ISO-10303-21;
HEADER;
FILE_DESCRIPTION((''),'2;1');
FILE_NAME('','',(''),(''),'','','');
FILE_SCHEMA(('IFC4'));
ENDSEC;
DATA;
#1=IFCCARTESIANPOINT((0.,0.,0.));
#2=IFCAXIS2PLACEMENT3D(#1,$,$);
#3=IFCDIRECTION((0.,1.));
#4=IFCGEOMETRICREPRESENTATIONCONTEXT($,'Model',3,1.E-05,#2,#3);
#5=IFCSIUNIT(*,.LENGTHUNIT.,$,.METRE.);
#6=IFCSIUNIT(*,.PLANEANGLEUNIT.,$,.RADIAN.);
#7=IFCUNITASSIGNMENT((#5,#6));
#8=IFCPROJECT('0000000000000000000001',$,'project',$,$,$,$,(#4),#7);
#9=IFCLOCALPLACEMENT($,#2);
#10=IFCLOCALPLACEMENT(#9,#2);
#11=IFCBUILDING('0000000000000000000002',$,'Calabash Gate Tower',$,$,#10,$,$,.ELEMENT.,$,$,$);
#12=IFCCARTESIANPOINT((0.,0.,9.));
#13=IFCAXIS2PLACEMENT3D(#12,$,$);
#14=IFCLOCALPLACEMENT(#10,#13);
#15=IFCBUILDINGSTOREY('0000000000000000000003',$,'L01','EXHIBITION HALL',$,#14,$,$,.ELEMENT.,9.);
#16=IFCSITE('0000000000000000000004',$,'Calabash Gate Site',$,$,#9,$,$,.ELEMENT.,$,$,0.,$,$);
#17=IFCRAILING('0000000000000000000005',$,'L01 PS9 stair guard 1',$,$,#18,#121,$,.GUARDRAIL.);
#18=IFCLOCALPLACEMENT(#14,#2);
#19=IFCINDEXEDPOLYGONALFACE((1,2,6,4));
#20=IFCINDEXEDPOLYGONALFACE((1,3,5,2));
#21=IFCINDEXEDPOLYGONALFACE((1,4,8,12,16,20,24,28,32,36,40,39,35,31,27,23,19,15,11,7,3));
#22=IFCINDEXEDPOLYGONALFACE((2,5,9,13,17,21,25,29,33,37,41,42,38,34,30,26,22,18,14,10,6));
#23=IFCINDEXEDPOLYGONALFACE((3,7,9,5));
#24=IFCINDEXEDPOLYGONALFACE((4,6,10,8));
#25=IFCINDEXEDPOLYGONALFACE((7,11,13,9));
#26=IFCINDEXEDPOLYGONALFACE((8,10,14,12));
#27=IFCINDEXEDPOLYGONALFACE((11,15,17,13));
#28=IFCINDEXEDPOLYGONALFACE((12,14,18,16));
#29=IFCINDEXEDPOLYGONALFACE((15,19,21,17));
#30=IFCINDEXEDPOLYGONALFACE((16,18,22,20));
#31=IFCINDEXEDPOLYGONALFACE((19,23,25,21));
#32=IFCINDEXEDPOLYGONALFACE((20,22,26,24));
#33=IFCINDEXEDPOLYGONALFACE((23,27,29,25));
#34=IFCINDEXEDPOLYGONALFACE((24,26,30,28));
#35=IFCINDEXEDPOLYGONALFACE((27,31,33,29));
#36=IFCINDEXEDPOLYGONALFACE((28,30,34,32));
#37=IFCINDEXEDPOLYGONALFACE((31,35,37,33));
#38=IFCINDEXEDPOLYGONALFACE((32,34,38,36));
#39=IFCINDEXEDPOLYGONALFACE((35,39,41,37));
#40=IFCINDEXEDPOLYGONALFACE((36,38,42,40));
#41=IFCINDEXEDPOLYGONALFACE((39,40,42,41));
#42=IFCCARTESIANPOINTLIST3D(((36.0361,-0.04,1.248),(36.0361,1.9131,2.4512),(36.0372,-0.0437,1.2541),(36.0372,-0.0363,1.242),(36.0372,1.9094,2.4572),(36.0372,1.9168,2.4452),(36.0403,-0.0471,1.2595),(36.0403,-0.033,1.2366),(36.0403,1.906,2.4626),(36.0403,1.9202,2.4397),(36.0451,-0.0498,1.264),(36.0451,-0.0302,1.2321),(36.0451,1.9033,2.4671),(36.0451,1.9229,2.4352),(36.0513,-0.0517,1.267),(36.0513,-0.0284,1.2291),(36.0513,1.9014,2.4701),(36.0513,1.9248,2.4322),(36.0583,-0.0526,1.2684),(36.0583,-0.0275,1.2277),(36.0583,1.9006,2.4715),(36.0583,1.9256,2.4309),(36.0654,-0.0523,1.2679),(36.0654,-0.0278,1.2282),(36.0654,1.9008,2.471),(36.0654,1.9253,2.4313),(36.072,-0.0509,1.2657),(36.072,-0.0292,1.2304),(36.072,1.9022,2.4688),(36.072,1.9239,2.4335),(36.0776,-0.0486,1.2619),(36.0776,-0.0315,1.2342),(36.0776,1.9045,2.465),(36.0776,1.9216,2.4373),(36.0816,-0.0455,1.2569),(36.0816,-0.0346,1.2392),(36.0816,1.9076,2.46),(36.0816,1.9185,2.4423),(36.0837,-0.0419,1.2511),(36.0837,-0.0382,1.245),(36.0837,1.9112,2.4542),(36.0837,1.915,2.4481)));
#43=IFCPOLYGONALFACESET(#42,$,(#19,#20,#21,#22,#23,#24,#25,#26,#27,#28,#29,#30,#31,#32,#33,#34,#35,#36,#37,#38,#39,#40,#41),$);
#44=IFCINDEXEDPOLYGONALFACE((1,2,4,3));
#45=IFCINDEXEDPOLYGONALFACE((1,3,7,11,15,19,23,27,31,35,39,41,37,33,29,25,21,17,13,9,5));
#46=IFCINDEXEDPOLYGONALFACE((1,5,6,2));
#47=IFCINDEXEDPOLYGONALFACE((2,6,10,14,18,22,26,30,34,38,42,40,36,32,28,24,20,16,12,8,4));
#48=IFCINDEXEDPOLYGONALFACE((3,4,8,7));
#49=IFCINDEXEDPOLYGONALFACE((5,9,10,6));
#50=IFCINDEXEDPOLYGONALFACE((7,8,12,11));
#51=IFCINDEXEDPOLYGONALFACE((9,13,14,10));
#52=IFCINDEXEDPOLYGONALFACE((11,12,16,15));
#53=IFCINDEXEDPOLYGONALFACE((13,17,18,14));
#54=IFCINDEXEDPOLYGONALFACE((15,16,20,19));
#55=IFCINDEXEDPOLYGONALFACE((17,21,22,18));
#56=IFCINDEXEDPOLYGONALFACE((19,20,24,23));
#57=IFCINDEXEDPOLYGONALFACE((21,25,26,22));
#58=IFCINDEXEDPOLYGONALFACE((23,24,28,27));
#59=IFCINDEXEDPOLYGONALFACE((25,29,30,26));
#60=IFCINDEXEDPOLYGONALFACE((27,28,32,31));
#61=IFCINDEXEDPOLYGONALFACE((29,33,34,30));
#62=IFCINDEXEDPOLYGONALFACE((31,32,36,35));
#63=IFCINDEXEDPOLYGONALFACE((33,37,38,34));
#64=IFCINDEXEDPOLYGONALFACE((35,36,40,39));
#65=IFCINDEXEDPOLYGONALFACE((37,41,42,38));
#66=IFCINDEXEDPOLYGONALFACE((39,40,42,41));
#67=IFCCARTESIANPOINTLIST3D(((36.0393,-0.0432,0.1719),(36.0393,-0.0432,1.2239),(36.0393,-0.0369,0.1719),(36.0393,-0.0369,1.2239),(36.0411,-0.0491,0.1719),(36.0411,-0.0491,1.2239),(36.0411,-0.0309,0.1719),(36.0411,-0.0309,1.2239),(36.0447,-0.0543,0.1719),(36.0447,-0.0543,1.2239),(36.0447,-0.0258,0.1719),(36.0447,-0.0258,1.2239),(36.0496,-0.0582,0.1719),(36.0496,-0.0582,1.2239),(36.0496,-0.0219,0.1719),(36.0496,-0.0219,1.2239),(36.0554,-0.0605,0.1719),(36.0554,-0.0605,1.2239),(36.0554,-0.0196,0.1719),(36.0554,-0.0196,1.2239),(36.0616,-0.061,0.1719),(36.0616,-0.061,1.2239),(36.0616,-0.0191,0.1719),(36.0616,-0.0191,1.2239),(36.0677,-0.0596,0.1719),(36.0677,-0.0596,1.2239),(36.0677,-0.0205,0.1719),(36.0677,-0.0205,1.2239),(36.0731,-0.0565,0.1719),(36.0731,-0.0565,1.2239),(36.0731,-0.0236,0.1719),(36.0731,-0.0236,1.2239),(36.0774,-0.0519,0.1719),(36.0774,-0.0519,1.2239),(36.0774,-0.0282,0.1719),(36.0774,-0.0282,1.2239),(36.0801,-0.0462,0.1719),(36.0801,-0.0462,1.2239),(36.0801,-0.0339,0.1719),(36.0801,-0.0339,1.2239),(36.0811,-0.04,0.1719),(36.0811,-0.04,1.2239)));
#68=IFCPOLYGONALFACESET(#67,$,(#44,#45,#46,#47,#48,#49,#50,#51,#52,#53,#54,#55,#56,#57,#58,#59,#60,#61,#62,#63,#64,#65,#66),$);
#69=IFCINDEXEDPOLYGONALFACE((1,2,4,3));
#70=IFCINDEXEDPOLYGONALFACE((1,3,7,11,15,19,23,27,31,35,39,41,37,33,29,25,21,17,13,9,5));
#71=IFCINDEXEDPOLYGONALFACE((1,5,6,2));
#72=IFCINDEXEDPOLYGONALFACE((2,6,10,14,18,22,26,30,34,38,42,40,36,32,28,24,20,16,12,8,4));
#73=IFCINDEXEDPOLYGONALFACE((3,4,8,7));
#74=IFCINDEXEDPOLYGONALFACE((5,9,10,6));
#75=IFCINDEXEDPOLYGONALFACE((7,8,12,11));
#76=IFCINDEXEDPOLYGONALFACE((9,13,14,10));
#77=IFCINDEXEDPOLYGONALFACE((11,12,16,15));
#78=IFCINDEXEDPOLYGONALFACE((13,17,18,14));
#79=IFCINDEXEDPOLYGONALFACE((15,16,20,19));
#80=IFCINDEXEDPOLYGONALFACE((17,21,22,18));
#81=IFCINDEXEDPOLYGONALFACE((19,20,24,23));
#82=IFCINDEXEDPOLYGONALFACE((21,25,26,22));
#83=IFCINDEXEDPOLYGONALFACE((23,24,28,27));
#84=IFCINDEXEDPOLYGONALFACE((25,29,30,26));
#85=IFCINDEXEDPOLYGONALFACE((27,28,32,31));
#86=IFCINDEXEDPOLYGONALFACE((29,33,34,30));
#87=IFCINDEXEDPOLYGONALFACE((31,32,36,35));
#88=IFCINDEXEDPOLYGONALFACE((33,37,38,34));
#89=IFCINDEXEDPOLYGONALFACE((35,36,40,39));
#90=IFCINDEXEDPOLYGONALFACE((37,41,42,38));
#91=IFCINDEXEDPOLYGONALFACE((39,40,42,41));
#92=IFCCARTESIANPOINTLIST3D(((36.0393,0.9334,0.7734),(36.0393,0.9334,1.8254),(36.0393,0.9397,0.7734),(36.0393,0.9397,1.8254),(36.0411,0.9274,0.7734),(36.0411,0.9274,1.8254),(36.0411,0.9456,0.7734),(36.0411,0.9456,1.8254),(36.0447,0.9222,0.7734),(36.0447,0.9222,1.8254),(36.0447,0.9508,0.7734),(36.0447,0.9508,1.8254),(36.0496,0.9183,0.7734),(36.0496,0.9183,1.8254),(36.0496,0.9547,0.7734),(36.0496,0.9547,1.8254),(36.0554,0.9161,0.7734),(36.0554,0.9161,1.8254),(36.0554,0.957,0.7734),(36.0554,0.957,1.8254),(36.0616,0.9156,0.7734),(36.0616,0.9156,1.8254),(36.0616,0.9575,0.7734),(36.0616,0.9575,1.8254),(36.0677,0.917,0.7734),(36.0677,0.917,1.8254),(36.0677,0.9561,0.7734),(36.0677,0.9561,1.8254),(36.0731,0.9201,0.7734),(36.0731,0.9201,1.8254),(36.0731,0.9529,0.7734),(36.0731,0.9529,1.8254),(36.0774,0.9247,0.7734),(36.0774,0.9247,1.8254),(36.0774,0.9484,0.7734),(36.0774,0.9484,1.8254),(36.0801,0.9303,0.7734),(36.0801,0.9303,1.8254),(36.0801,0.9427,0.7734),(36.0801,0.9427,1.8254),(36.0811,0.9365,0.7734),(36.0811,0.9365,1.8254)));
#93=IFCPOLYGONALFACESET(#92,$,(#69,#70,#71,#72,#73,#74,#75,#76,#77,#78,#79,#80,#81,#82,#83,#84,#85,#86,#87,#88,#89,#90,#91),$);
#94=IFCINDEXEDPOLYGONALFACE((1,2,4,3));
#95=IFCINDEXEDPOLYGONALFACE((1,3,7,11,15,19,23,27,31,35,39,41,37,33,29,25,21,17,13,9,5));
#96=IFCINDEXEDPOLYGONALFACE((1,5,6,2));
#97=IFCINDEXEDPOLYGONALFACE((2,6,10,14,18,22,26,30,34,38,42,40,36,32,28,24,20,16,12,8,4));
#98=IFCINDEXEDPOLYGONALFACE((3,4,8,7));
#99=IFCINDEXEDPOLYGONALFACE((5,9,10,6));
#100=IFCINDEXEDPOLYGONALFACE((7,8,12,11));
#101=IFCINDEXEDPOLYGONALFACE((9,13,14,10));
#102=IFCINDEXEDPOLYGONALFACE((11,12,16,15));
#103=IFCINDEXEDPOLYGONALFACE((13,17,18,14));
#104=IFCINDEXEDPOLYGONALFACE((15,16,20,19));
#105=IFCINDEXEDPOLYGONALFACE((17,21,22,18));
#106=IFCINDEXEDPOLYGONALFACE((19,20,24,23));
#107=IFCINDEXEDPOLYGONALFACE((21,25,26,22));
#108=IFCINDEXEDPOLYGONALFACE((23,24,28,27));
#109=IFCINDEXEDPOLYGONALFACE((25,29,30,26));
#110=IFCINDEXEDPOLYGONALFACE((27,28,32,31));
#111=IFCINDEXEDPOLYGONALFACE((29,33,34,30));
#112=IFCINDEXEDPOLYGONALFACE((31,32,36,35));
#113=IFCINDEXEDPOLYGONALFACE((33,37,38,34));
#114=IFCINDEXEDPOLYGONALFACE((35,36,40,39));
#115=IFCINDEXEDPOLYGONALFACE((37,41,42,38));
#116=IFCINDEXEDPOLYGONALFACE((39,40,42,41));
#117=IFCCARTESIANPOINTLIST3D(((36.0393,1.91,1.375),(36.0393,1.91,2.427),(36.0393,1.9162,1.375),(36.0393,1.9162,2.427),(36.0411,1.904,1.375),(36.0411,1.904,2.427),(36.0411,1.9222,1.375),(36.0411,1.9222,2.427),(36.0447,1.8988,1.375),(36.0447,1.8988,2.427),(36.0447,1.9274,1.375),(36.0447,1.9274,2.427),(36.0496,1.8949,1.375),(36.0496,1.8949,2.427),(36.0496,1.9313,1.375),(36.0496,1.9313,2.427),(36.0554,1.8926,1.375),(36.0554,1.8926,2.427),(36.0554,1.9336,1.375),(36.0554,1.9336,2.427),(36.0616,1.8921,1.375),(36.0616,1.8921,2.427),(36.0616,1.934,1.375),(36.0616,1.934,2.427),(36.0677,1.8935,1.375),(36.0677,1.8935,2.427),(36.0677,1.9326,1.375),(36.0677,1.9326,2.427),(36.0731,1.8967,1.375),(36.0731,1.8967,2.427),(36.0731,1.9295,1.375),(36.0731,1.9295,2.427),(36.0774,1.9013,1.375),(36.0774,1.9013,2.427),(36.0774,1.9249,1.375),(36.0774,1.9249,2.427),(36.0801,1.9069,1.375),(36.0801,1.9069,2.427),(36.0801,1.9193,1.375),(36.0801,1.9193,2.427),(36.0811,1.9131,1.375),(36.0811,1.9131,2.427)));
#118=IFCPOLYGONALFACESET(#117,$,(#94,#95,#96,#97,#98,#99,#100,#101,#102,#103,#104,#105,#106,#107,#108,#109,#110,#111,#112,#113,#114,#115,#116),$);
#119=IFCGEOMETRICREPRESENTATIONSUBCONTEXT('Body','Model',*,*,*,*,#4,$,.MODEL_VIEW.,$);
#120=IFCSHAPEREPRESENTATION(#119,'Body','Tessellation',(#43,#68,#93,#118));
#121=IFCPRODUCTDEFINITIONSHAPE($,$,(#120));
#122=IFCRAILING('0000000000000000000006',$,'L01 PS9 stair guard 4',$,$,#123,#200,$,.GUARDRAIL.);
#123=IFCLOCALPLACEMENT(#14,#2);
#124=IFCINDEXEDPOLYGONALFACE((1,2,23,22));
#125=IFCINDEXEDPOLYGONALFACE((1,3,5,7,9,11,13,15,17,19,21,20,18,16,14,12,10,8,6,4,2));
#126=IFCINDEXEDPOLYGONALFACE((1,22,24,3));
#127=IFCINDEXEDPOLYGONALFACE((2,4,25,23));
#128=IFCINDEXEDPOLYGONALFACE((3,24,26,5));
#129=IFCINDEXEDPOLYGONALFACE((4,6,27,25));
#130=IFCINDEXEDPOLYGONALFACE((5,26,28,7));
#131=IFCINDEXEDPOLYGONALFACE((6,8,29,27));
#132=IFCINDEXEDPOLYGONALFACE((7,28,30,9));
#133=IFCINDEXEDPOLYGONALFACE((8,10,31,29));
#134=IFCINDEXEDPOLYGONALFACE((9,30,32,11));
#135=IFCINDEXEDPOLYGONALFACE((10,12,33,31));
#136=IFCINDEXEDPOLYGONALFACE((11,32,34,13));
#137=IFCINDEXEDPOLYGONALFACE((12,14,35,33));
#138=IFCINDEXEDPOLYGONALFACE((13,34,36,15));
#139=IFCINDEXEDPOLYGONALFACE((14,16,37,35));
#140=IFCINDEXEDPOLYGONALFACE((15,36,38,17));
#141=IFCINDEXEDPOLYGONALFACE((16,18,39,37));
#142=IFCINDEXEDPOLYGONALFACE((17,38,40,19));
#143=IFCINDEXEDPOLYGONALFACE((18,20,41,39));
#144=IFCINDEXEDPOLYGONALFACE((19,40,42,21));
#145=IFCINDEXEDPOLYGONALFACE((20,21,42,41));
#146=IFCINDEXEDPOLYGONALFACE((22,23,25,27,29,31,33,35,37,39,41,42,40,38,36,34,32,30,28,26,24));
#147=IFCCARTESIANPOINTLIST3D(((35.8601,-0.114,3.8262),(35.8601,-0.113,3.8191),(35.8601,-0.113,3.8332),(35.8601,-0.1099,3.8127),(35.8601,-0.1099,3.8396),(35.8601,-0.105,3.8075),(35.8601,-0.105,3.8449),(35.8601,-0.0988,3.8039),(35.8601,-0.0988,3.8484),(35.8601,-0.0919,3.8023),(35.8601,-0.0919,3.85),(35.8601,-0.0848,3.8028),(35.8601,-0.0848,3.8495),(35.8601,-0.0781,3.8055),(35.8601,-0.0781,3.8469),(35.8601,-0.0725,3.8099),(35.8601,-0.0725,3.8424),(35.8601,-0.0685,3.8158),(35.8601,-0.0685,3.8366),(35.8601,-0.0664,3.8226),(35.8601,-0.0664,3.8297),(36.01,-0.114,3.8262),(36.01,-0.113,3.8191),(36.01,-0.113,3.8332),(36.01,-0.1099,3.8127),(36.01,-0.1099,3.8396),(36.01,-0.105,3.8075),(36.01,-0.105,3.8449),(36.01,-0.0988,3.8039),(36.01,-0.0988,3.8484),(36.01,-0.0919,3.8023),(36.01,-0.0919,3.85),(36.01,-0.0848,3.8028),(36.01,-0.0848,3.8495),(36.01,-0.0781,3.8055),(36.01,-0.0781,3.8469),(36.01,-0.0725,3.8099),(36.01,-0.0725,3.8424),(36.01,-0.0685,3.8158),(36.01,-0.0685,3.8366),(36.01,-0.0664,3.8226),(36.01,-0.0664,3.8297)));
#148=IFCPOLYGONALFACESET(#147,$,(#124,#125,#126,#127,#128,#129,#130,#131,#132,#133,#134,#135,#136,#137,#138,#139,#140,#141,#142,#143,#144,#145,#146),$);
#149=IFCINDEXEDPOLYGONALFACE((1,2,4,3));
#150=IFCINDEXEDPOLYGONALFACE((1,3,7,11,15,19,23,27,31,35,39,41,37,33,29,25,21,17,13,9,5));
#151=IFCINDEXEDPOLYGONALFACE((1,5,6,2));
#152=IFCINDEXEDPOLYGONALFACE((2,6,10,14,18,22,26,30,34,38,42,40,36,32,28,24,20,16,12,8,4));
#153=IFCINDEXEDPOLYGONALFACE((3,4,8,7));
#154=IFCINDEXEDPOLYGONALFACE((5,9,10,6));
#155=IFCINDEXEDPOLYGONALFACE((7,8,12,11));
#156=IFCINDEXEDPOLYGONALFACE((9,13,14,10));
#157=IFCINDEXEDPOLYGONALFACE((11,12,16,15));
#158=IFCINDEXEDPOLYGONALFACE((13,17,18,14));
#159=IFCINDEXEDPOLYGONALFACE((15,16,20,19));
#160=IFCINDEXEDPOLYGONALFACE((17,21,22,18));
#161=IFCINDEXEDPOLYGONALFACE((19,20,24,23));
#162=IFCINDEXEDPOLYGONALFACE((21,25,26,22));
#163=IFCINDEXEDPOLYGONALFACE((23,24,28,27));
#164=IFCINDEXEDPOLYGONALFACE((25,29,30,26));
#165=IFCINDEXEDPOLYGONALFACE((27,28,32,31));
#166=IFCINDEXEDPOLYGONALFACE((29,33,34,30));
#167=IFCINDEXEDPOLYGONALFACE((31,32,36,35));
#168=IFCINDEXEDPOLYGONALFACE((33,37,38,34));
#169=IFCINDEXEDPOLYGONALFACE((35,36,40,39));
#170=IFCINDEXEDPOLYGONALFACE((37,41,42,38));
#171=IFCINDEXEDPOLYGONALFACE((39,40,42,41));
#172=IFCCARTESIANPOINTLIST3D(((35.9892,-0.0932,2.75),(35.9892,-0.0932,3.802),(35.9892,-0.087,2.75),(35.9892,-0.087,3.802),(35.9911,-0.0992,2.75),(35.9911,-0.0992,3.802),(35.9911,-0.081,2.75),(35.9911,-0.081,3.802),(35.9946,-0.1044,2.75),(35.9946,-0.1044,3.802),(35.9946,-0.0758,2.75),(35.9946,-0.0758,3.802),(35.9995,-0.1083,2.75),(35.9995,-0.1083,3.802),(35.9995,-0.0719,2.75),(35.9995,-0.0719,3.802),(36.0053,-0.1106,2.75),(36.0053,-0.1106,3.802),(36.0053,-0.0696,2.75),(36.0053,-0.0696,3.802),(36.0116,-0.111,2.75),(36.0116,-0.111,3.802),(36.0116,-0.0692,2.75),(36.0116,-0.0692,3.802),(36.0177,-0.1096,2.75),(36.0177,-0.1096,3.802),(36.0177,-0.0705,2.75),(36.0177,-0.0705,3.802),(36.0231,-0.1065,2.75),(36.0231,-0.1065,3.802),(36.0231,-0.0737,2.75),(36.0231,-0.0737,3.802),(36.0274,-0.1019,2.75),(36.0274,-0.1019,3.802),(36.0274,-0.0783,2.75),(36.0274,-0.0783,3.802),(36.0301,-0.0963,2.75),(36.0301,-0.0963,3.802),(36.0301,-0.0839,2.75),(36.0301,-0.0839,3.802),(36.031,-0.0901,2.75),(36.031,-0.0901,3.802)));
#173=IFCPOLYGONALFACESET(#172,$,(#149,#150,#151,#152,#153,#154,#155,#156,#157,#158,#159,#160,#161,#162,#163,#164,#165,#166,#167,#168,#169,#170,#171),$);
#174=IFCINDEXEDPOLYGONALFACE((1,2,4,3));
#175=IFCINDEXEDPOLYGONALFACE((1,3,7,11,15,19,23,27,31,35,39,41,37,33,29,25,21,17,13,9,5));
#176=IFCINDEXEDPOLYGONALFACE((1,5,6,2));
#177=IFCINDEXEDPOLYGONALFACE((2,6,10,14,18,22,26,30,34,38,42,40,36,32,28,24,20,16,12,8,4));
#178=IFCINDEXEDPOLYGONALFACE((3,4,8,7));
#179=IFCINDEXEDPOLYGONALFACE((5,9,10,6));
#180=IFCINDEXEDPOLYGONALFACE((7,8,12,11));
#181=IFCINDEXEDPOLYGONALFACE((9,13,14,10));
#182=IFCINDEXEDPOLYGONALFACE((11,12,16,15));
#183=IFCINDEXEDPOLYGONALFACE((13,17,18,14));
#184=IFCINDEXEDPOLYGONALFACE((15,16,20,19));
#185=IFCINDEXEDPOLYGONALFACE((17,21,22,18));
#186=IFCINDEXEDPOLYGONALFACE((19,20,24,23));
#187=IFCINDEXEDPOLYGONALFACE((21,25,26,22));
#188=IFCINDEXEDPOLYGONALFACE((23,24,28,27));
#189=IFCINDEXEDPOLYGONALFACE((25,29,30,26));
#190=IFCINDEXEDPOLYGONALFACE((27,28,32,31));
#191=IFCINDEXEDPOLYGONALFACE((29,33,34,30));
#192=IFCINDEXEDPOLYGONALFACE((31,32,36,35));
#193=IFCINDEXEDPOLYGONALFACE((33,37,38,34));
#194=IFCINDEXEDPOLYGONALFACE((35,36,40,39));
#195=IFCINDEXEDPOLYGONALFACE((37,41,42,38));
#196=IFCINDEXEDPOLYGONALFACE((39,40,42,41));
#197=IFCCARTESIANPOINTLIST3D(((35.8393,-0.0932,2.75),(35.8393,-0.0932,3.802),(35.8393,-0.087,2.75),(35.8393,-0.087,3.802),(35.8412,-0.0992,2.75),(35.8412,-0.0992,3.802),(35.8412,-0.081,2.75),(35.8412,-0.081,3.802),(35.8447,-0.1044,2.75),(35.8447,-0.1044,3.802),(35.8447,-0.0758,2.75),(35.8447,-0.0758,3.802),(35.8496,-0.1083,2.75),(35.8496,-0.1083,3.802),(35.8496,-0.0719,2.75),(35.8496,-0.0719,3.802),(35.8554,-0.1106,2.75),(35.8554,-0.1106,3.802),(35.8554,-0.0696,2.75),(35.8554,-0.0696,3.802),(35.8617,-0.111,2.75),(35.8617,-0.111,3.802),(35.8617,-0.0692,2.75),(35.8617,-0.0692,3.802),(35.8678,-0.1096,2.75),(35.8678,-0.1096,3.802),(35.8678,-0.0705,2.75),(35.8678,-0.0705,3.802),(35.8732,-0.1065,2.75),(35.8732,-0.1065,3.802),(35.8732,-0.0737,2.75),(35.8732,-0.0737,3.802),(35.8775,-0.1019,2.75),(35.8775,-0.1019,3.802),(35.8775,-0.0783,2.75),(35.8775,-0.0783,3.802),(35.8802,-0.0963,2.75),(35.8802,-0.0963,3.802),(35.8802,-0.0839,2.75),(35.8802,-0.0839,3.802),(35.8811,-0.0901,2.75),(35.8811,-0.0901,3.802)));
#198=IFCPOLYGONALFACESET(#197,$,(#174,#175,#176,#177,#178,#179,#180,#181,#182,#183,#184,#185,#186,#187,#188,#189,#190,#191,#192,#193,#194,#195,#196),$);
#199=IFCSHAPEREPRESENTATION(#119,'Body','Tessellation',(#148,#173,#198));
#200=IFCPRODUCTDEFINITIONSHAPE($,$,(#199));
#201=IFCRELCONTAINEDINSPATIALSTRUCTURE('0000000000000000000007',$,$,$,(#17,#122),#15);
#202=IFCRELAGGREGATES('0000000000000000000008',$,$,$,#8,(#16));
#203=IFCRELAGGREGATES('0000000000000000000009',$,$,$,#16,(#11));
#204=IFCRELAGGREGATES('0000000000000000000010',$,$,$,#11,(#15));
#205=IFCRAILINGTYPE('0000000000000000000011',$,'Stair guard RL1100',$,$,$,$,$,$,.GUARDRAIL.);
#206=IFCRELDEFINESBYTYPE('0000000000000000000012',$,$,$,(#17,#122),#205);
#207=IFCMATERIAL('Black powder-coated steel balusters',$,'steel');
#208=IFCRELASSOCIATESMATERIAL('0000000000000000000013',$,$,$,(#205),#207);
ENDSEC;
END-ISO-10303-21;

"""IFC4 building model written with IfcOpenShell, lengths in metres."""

from ifc_helpers import new_model, si_unit, direction, frame, origin, origin_2d, place, context, subcontext, project, spatial, circle, extrude, material, type_object, element, save


model = new_model("IFC4")

# Units and contexts
model_context = context("Model", 3, precision=1e-05, world=origin(), true_north=direction((0.0, 1.0)))
body_context = subcontext(model_context, "Body", "Model", "MODEL_VIEW")
ifc_project = project(units=[si_unit("LENGTHUNIT", "METRE"), si_unit("PLANEANGLEUNIT", "RADIAN")], contexts=[model_context])

# Site, building, storey
site_placement = place(None, origin())
site = spatial("IfcSite", under=ifc_project, at=site_placement, Name="Calabash Gate Site", CompositionType="ELEMENT", RefElevation=0.0)
building_placement = place(site_placement, origin())
building = spatial("IfcBuilding", under=site, at=building_placement, Name="Calabash Gate Tower", CompositionType="ELEMENT")
storey_placement = place(building_placement, frame((0.0, 0.0, 9.0)))
storey = spatial("IfcBuildingStorey", under=building, at=storey_placement, Name="L01", Description="EXHIBITION HALL", CompositionType="ELEMENT", Elevation=9.0)

# Railings
ifc_material_1 = material(Name="Black powder-coated steel balusters", Category="steel")
railing_type_1 = type_object("IfcRailingType", Name="Stair guard RL1100", PredefinedType="GUARDRAIL", material=ifc_material_1)
railing_1_placement = place(storey_placement, frame((36.0601, -0.04, 0.1719)))
element("IfcRailing", 1, at=railing_1_placement, inside=storey, type_object=railing_type_1, Name="L01 PS9 stair guard 1", PredefinedType="GUARDRAIL", context=body_context, shape_type="SweptSolid", body=[
    extrude(circle(Radius=0.0239, at=origin_2d()), frame((0.0, 0.0, 1.0762), z_axis=(0.0, 0.851424, 0.524477), x_axis=(-1.0, 0.0, 0.0)), (0.0, 0.0, 1.0), 2.2939),
    extrude(circle(Radius=0.021, at=origin_2d()), origin(), (0.0, 0.0, 1.0), 1.052),
    extrude(circle(Radius=0.021, at=origin_2d()), frame((0.0, 0.9766, 0.6016)), (0.0, 0.0, 1.0), 1.052),
    extrude(circle(Radius=0.021, at=origin_2d()), frame((0.0, 1.9531, 1.2031)), (0.0, 0.0, 1.0), 1.052),
])
railing_2_placement = place(storey_placement, frame((36.01, -0.0901, 2.75)))
element("IfcRailing", 2, at=railing_2_placement, inside=storey, type_object=railing_type_1, Name="L01 PS9 stair guard 4", PredefinedType="GUARDRAIL", context=body_context, shape_type="SweptSolid", body=[
    extrude(circle(Radius=0.0239, at=origin_2d()), frame((0.0, 0.0, 1.0762), z_axis=(-1.0, 0.0, 0.0), x_axis=(0.0, -1.0, 0.0)), (0.0, 0.0, 1.0), 0.1499),
    extrude(circle(Radius=0.021, at=origin_2d()), origin(), (0.0, 0.0, 1.0), 1.052),
    extrude(circle(Radius=0.021, at=origin_2d()), frame((-0.1499, 0.0, 0.0)), (0.0, 0.0, 1.0), 1.052),
])

save(model, "model.ifc")
